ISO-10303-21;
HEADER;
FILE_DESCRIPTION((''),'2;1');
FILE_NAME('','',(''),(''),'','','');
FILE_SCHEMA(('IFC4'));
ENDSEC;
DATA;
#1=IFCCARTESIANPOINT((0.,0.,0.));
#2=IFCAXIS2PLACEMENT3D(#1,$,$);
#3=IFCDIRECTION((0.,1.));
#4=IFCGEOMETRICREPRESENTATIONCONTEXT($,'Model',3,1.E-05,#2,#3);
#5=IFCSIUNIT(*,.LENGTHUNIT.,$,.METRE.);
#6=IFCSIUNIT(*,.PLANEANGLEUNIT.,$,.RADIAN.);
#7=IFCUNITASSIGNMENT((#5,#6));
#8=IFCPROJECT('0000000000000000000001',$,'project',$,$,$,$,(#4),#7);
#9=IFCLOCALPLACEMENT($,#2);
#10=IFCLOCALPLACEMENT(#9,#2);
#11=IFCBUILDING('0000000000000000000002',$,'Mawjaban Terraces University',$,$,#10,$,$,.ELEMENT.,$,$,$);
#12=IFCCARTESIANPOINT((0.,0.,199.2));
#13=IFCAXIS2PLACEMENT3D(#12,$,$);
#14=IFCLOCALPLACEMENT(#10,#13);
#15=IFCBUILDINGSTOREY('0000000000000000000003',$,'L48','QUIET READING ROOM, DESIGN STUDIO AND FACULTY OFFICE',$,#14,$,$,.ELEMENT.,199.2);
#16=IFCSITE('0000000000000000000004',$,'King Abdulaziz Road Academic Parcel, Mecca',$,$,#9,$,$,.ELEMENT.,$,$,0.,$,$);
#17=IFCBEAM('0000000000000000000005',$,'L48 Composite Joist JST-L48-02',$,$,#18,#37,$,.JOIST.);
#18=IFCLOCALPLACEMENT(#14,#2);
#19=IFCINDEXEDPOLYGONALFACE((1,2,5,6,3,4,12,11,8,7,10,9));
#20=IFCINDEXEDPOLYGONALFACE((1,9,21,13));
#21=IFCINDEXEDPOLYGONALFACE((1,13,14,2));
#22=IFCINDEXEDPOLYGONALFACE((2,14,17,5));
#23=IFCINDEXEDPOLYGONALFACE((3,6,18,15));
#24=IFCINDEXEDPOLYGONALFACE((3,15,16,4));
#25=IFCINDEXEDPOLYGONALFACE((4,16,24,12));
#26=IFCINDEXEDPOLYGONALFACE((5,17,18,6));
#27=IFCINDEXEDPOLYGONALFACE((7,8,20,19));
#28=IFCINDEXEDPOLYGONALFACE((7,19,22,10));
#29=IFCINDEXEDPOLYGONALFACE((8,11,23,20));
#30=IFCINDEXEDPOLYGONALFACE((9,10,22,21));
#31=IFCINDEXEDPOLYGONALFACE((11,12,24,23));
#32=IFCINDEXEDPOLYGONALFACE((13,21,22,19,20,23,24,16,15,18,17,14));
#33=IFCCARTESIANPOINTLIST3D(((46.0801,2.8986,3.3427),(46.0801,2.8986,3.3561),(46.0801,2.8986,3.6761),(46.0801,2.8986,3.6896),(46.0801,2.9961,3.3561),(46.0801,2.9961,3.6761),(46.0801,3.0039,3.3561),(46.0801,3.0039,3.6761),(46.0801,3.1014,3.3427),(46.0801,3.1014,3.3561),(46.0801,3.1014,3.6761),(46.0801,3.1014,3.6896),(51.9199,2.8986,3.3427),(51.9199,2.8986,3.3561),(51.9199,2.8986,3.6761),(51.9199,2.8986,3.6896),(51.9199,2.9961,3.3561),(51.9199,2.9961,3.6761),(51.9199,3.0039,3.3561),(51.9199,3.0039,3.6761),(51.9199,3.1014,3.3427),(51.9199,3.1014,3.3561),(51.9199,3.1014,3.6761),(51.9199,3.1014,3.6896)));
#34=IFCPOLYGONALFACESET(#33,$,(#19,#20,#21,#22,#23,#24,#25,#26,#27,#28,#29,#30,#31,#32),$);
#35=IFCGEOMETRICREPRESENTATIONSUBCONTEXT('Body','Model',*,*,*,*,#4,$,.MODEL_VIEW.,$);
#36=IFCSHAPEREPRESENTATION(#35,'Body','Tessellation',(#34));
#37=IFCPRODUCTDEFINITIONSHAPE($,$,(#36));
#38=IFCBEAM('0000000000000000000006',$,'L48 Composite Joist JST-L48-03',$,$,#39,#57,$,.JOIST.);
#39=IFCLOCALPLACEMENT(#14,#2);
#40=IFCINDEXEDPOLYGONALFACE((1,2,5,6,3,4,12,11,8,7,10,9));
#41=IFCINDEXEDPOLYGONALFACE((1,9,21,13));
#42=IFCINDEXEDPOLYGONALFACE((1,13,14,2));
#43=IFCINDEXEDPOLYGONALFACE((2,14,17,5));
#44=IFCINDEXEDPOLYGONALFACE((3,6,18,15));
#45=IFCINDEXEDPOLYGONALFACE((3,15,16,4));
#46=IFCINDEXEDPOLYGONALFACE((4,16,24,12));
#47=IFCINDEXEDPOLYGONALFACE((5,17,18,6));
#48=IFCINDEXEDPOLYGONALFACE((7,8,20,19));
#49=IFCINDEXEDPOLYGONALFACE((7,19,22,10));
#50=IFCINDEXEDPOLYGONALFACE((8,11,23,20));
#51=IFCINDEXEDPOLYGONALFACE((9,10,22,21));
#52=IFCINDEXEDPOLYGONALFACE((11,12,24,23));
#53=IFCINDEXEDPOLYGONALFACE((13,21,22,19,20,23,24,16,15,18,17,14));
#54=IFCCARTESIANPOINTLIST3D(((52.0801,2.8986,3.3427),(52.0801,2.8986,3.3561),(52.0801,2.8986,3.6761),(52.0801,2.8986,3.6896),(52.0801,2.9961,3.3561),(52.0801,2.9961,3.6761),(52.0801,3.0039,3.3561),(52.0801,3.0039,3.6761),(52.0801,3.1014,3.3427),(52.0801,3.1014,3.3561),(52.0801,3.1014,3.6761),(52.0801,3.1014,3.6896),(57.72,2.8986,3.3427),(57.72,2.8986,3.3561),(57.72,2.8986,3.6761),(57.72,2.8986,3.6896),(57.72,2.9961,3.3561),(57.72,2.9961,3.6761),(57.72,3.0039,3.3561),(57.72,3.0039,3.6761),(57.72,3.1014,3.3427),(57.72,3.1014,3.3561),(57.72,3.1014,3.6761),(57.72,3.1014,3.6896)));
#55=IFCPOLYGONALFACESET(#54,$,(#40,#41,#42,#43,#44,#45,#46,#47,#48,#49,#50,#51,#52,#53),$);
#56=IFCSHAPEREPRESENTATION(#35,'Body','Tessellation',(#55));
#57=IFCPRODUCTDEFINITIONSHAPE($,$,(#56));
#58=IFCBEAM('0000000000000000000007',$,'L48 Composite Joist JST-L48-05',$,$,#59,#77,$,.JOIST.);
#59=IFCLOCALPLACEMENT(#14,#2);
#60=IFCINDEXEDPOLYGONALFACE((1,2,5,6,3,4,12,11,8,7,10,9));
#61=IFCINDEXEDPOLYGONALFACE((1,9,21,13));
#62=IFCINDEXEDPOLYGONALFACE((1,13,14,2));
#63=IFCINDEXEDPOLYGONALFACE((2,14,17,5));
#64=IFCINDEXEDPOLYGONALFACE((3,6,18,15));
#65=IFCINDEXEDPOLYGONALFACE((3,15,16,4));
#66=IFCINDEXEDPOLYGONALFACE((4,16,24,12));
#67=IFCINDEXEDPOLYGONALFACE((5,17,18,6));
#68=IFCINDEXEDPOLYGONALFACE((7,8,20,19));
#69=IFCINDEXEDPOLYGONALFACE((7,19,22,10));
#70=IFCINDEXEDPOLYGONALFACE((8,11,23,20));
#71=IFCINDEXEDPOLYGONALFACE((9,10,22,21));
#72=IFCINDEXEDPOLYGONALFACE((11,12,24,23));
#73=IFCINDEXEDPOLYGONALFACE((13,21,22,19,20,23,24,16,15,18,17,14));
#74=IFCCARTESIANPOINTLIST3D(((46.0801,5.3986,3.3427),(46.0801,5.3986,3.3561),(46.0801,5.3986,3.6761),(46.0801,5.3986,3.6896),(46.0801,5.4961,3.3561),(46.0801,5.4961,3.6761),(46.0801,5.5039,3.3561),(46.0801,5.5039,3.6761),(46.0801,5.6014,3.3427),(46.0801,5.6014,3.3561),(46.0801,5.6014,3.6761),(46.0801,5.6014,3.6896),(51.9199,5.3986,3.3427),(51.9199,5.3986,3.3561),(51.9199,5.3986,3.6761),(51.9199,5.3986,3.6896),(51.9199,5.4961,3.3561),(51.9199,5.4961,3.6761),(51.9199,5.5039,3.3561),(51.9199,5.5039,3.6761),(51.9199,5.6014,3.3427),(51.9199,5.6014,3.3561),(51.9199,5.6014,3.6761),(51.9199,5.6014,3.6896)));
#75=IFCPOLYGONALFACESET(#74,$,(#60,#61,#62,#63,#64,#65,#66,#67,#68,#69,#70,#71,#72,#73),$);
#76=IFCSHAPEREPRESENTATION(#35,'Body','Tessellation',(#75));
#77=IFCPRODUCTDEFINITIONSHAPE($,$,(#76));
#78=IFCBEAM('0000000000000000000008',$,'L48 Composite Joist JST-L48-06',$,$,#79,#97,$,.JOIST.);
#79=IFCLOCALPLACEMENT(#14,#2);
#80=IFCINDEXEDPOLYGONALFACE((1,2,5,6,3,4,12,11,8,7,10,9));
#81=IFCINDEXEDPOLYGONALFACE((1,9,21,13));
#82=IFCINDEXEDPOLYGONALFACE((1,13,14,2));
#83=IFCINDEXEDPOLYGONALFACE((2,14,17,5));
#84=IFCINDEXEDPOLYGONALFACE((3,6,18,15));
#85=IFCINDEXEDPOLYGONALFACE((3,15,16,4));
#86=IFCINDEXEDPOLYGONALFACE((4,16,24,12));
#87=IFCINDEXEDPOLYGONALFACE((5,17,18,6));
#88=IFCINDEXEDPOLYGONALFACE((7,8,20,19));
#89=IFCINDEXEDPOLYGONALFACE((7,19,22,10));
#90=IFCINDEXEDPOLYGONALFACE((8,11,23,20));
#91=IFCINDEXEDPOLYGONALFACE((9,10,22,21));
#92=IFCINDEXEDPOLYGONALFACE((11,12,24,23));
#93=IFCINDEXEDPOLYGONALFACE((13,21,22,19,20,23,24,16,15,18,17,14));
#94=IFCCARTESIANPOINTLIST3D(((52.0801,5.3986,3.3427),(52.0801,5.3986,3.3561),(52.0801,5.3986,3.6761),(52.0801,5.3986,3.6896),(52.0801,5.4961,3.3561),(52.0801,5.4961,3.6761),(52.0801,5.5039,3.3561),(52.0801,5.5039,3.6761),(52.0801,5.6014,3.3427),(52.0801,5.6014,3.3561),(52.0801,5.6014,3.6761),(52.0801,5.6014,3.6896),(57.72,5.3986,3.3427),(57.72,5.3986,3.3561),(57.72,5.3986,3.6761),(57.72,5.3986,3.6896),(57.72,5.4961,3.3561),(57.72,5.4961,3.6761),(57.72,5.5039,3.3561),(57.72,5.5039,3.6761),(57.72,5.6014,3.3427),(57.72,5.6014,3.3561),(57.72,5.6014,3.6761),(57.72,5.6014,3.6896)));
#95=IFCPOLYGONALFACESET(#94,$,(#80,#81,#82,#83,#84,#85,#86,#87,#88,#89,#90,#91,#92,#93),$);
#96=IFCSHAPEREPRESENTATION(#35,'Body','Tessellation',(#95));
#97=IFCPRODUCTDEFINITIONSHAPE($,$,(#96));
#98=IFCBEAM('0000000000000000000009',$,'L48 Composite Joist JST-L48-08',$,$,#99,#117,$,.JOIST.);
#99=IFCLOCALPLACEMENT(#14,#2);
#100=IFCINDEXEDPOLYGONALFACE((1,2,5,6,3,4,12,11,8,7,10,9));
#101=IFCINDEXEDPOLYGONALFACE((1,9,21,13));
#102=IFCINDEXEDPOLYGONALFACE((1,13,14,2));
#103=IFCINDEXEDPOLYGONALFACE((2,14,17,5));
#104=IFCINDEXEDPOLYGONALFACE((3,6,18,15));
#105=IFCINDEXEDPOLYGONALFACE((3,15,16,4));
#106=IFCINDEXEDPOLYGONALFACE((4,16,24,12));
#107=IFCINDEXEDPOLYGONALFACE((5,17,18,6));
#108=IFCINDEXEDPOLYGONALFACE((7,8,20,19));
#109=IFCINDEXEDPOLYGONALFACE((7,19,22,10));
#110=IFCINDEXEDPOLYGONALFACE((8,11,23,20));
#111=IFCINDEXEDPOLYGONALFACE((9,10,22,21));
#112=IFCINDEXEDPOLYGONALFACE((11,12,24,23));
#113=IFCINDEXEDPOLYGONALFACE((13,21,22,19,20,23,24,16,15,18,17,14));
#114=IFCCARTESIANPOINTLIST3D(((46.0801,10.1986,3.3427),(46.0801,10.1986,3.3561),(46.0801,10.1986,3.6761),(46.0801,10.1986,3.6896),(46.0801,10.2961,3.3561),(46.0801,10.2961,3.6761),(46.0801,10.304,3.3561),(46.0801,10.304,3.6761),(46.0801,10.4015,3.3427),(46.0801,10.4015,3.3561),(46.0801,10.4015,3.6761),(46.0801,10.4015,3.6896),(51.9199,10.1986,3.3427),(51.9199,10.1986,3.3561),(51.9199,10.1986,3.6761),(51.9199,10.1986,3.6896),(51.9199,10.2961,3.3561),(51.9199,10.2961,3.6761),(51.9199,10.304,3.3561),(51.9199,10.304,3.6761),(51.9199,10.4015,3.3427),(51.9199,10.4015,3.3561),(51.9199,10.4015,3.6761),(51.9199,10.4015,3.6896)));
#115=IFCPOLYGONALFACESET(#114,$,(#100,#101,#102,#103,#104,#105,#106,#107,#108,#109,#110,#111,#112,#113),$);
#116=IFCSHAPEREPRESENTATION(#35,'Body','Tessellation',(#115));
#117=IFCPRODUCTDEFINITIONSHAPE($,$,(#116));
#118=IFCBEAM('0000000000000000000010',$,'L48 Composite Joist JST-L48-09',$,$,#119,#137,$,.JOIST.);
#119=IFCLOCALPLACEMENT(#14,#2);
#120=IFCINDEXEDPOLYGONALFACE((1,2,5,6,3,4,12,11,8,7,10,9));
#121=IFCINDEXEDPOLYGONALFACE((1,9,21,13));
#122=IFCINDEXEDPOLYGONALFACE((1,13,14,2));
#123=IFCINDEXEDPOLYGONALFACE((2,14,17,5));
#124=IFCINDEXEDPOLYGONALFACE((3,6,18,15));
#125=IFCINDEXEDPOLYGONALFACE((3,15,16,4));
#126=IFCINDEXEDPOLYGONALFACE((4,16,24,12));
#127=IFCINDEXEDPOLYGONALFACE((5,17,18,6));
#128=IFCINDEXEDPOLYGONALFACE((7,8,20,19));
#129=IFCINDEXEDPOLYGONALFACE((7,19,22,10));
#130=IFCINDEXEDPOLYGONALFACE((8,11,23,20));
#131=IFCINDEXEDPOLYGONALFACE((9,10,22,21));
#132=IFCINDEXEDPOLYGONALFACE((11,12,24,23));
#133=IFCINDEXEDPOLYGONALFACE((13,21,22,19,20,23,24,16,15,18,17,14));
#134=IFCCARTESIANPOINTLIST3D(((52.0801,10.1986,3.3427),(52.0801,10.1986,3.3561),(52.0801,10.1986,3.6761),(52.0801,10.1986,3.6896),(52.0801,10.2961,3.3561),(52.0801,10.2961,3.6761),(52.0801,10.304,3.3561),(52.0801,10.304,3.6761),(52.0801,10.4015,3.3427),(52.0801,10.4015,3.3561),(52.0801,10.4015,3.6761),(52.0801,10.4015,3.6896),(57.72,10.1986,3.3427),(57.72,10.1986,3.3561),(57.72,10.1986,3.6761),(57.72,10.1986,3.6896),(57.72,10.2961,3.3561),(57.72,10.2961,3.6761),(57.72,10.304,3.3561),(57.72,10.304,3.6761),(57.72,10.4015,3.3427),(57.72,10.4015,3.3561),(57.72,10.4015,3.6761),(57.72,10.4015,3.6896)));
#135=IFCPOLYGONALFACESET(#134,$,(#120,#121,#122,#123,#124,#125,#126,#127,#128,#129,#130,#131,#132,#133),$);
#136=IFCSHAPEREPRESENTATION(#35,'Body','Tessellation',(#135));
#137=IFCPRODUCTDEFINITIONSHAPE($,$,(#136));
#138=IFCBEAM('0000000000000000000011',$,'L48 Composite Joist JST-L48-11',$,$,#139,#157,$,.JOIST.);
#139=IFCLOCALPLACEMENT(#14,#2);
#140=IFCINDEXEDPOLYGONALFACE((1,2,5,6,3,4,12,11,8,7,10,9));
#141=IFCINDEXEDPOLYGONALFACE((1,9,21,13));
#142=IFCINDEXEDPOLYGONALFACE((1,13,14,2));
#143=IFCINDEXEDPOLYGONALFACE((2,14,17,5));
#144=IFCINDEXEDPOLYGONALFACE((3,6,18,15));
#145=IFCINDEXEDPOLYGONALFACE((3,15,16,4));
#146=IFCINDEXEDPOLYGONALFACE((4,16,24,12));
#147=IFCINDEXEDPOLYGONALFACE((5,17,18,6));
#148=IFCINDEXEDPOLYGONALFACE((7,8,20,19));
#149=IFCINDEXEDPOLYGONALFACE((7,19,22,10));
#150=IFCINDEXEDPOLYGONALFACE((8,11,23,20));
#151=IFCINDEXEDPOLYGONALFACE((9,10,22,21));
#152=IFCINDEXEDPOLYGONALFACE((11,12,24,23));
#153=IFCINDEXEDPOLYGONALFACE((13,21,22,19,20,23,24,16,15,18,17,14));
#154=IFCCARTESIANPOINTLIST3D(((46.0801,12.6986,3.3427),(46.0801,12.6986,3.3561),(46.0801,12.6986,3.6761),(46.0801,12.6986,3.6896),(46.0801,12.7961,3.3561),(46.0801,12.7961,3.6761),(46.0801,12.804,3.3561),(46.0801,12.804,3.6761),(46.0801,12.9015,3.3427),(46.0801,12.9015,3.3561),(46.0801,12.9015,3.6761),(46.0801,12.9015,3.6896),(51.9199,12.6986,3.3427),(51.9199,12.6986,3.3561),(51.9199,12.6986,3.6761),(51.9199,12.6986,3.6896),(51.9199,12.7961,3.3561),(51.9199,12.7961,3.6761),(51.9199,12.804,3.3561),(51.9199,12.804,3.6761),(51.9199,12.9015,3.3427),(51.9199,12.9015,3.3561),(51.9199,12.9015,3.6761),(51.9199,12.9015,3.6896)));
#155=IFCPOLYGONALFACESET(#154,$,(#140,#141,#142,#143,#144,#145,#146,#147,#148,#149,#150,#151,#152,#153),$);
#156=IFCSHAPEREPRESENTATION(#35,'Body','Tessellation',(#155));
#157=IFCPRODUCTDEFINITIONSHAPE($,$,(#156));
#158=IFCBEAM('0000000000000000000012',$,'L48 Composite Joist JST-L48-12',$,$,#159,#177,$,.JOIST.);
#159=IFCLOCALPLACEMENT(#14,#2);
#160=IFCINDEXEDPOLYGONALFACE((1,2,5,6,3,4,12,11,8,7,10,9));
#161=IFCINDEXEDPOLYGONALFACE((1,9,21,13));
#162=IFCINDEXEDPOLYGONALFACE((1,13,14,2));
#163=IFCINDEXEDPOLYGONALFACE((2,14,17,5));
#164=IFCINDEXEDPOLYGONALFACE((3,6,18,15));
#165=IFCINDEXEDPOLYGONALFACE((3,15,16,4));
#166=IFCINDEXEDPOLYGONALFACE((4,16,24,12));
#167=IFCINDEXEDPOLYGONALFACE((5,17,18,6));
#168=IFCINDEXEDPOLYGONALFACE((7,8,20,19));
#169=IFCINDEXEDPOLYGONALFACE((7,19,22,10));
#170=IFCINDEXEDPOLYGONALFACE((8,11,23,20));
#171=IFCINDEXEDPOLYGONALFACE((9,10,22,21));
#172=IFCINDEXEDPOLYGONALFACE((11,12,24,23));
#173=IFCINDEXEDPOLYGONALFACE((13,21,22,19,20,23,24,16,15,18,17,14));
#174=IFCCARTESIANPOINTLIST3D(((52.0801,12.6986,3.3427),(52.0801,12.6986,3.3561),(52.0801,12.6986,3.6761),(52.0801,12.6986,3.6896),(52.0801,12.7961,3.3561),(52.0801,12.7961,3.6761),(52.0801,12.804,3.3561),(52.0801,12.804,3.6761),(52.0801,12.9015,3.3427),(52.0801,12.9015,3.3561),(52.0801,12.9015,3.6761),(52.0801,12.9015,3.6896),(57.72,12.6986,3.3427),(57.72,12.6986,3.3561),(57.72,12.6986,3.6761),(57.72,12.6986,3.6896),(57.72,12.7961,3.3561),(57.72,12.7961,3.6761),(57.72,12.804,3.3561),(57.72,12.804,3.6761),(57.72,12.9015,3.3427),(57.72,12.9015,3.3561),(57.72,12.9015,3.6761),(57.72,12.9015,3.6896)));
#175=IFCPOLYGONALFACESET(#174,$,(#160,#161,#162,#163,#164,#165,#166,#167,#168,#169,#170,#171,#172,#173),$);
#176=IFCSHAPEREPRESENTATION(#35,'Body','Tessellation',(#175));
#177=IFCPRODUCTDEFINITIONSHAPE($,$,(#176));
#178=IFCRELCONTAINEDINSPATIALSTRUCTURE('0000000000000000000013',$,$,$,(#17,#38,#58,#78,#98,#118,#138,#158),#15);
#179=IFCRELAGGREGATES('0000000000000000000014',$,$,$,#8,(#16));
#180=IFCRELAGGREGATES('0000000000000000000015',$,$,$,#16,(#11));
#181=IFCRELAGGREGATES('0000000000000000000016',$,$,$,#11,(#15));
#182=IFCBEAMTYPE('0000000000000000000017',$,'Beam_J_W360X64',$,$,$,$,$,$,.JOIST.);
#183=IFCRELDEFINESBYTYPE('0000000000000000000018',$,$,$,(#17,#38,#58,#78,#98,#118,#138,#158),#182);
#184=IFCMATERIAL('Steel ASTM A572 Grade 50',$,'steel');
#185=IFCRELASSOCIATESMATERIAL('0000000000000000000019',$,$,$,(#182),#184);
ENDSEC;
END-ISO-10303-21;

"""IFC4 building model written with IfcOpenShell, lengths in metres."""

from ifc_helpers import new_model, si_unit, direction, frame, origin, origin_2d, place, context, subcontext, project, spatial, i_section, extrude, material, material_profile, profile_set, type_object, element, save


model = new_model("IFC4")

# Units and contexts
model_context = context("Model", 3, precision=1e-05, world=origin(), true_north=direction((0.0, 1.0)))
body_context = subcontext(model_context, "Body", "Model", "MODEL_VIEW")
ifc_project = project(units=[si_unit("LENGTHUNIT", "METRE"), si_unit("PLANEANGLEUNIT", "RADIAN")], contexts=[model_context])

# Site, building, storey
site_placement = place(None, origin())
site = spatial("IfcSite", under=ifc_project, at=site_placement, Name="King Abdulaziz Road Academic Parcel, Mecca", CompositionType="ELEMENT", RefElevation=0.0)
building_placement = place(site_placement, origin())
building = spatial("IfcBuilding", under=site, at=building_placement, Name="Mawjaban Terraces University", CompositionType="ELEMENT")
storey_placement = place(building_placement, frame((0.0, 0.0, 199.2)))
storey = spatial("IfcBuildingStorey", under=building, at=storey_placement, Name="L48", Description="QUIET READING ROOM, DESIGN STUDIO AND FACULTY OFFICE", CompositionType="ELEMENT", Elevation=199.2)

# Beams
ifc_material_1 = material(Name="Steel ASTM A572 Grade 50", Category="steel")
ifc_material_profile_1 = material_profile(ifc_material_1, i_section(OverallWidth=0.2029, OverallDepth=0.3469, WebThickness=0.0078, FlangeThickness=0.0134, at=origin_2d()), Name="W360X64")
ifc_profile_set_1 = profile_set([ifc_material_profile_1], Name="Steel ASTM A572 Grade 50")
beam_type_1 = type_object("IfcBeamType", Name="Beam_J_W360X64", PredefinedType="JOIST", material=ifc_profile_set_1)
beam_1_placement = place(storey_placement, frame((46.0801, 3.0, 3.5161), z_axis=(1.0, 0.0, 0.0), x_axis=(0.0, 1.0, 0.0)))
element("IfcBeam", 1, at=beam_1_placement, inside=storey, type_object=beam_type_1, Name="L48 Composite Joist JST-L48-02", PredefinedType="JOIST", context=body_context, shape_type="SweptSolid", body=[
    extrude(i_section(OverallWidth=0.2029, OverallDepth=0.3469, WebThickness=0.0078, FlangeThickness=0.0134, at=origin_2d()), origin(), (0.0, 0.0, 1.0), 5.8398),
])
beam_2_placement = place(storey_placement, frame((52.0801, 3.0, 3.5161), z_axis=(1.0, 0.0, 0.0), x_axis=(0.0, 1.0, 0.0)))
element("IfcBeam", 2, at=beam_2_placement, inside=storey, type_object=beam_type_1, Name="L48 Composite Joist JST-L48-03", PredefinedType="JOIST", context=body_context, shape_type="SweptSolid", body=[
    extrude(i_section(OverallWidth=0.2029, OverallDepth=0.3469, WebThickness=0.0078, FlangeThickness=0.0134, at=origin_2d()), origin(), (0.0, 0.0, 1.0), 5.6399),
])
beam_3_placement = place(storey_placement, frame((46.0801, 5.5, 3.5161), z_axis=(1.0, 0.0, 0.0), x_axis=(0.0, 1.0, 0.0)))
element("IfcBeam", 3, at=beam_3_placement, inside=storey, type_object=beam_type_1, Name="L48 Composite Joist JST-L48-05", PredefinedType="JOIST", context=body_context, shape_type="SweptSolid", body=[
    extrude(i_section(OverallWidth=0.2029, OverallDepth=0.3469, WebThickness=0.0078, FlangeThickness=0.0134, at=origin_2d()), origin(), (0.0, 0.0, 1.0), 5.8398),
])
beam_4_placement = place(storey_placement, frame((52.0801, 5.5, 3.5161), z_axis=(1.0, 0.0, 0.0), x_axis=(0.0, 1.0, 0.0)))
element("IfcBeam", 4, at=beam_4_placement, inside=storey, type_object=beam_type_1, Name="L48 Composite Joist JST-L48-06", PredefinedType="JOIST", context=body_context, shape_type="SweptSolid", body=[
    extrude(i_section(OverallWidth=0.2029, OverallDepth=0.3469, WebThickness=0.0078, FlangeThickness=0.0134, at=origin_2d()), origin(), (0.0, 0.0, 1.0), 5.6399),
])
beam_5_placement = place(storey_placement, frame((46.0801, 10.3, 3.5161), z_axis=(1.0, 0.0, 0.0), x_axis=(0.0, 1.0, 0.0)))
element("IfcBeam", 5, at=beam_5_placement, inside=storey, type_object=beam_type_1, Name="L48 Composite Joist JST-L48-08", PredefinedType="JOIST", context=body_context, shape_type="SweptSolid", body=[
    extrude(i_section(OverallWidth=0.2029, OverallDepth=0.3469, WebThickness=0.0078, FlangeThickness=0.0134, at=origin_2d()), origin(), (0.0, 0.0, 1.0), 5.8398),
])
beam_6_placement = place(storey_placement, frame((52.0801, 10.3, 3.5161), z_axis=(1.0, 0.0, 0.0), x_axis=(0.0, 1.0, 0.0)))
element("IfcBeam", 6, at=beam_6_placement, inside=storey, type_object=beam_type_1, Name="L48 Composite Joist JST-L48-09", PredefinedType="JOIST", context=body_context, shape_type="SweptSolid", body=[
    extrude(i_section(OverallWidth=0.2029, OverallDepth=0.3469, WebThickness=0.0078, FlangeThickness=0.0134, at=origin_2d()), origin(), (0.0, 0.0, 1.0), 5.6399),
])
beam_7_placement = place(storey_placement, frame((46.0801, 12.8, 3.5161), z_axis=(1.0, 0.0, 0.0), x_axis=(0.0, 1.0, 0.0)))
element("IfcBeam", 7, at=beam_7_placement, inside=storey, type_object=beam_type_1, Name="L48 Composite Joist JST-L48-11", PredefinedType="JOIST", context=body_context, shape_type="SweptSolid", body=[
    extrude(i_section(OverallWidth=0.2029, OverallDepth=0.3469, WebThickness=0.0078, FlangeThickness=0.0134, at=origin_2d()), origin(), (0.0, 0.0, 1.0), 5.8398),
])
beam_8_placement = place(storey_placement, frame((52.0801, 12.8, 3.5161), z_axis=(1.0, 0.0, 0.0), x_axis=(0.0, 1.0, 0.0)))
element("IfcBeam", 8, at=beam_8_placement, inside=storey, type_object=beam_type_1, Name="L48 Composite Joist JST-L48-12", PredefinedType="JOIST", context=body_context, shape_type="SweptSolid", body=[
    extrude(i_section(OverallWidth=0.2029, OverallDepth=0.3469, WebThickness=0.0078, FlangeThickness=0.0134, at=origin_2d()), origin(), (0.0, 0.0, 1.0), 5.6399),
])

save(model, "model.ifc")
